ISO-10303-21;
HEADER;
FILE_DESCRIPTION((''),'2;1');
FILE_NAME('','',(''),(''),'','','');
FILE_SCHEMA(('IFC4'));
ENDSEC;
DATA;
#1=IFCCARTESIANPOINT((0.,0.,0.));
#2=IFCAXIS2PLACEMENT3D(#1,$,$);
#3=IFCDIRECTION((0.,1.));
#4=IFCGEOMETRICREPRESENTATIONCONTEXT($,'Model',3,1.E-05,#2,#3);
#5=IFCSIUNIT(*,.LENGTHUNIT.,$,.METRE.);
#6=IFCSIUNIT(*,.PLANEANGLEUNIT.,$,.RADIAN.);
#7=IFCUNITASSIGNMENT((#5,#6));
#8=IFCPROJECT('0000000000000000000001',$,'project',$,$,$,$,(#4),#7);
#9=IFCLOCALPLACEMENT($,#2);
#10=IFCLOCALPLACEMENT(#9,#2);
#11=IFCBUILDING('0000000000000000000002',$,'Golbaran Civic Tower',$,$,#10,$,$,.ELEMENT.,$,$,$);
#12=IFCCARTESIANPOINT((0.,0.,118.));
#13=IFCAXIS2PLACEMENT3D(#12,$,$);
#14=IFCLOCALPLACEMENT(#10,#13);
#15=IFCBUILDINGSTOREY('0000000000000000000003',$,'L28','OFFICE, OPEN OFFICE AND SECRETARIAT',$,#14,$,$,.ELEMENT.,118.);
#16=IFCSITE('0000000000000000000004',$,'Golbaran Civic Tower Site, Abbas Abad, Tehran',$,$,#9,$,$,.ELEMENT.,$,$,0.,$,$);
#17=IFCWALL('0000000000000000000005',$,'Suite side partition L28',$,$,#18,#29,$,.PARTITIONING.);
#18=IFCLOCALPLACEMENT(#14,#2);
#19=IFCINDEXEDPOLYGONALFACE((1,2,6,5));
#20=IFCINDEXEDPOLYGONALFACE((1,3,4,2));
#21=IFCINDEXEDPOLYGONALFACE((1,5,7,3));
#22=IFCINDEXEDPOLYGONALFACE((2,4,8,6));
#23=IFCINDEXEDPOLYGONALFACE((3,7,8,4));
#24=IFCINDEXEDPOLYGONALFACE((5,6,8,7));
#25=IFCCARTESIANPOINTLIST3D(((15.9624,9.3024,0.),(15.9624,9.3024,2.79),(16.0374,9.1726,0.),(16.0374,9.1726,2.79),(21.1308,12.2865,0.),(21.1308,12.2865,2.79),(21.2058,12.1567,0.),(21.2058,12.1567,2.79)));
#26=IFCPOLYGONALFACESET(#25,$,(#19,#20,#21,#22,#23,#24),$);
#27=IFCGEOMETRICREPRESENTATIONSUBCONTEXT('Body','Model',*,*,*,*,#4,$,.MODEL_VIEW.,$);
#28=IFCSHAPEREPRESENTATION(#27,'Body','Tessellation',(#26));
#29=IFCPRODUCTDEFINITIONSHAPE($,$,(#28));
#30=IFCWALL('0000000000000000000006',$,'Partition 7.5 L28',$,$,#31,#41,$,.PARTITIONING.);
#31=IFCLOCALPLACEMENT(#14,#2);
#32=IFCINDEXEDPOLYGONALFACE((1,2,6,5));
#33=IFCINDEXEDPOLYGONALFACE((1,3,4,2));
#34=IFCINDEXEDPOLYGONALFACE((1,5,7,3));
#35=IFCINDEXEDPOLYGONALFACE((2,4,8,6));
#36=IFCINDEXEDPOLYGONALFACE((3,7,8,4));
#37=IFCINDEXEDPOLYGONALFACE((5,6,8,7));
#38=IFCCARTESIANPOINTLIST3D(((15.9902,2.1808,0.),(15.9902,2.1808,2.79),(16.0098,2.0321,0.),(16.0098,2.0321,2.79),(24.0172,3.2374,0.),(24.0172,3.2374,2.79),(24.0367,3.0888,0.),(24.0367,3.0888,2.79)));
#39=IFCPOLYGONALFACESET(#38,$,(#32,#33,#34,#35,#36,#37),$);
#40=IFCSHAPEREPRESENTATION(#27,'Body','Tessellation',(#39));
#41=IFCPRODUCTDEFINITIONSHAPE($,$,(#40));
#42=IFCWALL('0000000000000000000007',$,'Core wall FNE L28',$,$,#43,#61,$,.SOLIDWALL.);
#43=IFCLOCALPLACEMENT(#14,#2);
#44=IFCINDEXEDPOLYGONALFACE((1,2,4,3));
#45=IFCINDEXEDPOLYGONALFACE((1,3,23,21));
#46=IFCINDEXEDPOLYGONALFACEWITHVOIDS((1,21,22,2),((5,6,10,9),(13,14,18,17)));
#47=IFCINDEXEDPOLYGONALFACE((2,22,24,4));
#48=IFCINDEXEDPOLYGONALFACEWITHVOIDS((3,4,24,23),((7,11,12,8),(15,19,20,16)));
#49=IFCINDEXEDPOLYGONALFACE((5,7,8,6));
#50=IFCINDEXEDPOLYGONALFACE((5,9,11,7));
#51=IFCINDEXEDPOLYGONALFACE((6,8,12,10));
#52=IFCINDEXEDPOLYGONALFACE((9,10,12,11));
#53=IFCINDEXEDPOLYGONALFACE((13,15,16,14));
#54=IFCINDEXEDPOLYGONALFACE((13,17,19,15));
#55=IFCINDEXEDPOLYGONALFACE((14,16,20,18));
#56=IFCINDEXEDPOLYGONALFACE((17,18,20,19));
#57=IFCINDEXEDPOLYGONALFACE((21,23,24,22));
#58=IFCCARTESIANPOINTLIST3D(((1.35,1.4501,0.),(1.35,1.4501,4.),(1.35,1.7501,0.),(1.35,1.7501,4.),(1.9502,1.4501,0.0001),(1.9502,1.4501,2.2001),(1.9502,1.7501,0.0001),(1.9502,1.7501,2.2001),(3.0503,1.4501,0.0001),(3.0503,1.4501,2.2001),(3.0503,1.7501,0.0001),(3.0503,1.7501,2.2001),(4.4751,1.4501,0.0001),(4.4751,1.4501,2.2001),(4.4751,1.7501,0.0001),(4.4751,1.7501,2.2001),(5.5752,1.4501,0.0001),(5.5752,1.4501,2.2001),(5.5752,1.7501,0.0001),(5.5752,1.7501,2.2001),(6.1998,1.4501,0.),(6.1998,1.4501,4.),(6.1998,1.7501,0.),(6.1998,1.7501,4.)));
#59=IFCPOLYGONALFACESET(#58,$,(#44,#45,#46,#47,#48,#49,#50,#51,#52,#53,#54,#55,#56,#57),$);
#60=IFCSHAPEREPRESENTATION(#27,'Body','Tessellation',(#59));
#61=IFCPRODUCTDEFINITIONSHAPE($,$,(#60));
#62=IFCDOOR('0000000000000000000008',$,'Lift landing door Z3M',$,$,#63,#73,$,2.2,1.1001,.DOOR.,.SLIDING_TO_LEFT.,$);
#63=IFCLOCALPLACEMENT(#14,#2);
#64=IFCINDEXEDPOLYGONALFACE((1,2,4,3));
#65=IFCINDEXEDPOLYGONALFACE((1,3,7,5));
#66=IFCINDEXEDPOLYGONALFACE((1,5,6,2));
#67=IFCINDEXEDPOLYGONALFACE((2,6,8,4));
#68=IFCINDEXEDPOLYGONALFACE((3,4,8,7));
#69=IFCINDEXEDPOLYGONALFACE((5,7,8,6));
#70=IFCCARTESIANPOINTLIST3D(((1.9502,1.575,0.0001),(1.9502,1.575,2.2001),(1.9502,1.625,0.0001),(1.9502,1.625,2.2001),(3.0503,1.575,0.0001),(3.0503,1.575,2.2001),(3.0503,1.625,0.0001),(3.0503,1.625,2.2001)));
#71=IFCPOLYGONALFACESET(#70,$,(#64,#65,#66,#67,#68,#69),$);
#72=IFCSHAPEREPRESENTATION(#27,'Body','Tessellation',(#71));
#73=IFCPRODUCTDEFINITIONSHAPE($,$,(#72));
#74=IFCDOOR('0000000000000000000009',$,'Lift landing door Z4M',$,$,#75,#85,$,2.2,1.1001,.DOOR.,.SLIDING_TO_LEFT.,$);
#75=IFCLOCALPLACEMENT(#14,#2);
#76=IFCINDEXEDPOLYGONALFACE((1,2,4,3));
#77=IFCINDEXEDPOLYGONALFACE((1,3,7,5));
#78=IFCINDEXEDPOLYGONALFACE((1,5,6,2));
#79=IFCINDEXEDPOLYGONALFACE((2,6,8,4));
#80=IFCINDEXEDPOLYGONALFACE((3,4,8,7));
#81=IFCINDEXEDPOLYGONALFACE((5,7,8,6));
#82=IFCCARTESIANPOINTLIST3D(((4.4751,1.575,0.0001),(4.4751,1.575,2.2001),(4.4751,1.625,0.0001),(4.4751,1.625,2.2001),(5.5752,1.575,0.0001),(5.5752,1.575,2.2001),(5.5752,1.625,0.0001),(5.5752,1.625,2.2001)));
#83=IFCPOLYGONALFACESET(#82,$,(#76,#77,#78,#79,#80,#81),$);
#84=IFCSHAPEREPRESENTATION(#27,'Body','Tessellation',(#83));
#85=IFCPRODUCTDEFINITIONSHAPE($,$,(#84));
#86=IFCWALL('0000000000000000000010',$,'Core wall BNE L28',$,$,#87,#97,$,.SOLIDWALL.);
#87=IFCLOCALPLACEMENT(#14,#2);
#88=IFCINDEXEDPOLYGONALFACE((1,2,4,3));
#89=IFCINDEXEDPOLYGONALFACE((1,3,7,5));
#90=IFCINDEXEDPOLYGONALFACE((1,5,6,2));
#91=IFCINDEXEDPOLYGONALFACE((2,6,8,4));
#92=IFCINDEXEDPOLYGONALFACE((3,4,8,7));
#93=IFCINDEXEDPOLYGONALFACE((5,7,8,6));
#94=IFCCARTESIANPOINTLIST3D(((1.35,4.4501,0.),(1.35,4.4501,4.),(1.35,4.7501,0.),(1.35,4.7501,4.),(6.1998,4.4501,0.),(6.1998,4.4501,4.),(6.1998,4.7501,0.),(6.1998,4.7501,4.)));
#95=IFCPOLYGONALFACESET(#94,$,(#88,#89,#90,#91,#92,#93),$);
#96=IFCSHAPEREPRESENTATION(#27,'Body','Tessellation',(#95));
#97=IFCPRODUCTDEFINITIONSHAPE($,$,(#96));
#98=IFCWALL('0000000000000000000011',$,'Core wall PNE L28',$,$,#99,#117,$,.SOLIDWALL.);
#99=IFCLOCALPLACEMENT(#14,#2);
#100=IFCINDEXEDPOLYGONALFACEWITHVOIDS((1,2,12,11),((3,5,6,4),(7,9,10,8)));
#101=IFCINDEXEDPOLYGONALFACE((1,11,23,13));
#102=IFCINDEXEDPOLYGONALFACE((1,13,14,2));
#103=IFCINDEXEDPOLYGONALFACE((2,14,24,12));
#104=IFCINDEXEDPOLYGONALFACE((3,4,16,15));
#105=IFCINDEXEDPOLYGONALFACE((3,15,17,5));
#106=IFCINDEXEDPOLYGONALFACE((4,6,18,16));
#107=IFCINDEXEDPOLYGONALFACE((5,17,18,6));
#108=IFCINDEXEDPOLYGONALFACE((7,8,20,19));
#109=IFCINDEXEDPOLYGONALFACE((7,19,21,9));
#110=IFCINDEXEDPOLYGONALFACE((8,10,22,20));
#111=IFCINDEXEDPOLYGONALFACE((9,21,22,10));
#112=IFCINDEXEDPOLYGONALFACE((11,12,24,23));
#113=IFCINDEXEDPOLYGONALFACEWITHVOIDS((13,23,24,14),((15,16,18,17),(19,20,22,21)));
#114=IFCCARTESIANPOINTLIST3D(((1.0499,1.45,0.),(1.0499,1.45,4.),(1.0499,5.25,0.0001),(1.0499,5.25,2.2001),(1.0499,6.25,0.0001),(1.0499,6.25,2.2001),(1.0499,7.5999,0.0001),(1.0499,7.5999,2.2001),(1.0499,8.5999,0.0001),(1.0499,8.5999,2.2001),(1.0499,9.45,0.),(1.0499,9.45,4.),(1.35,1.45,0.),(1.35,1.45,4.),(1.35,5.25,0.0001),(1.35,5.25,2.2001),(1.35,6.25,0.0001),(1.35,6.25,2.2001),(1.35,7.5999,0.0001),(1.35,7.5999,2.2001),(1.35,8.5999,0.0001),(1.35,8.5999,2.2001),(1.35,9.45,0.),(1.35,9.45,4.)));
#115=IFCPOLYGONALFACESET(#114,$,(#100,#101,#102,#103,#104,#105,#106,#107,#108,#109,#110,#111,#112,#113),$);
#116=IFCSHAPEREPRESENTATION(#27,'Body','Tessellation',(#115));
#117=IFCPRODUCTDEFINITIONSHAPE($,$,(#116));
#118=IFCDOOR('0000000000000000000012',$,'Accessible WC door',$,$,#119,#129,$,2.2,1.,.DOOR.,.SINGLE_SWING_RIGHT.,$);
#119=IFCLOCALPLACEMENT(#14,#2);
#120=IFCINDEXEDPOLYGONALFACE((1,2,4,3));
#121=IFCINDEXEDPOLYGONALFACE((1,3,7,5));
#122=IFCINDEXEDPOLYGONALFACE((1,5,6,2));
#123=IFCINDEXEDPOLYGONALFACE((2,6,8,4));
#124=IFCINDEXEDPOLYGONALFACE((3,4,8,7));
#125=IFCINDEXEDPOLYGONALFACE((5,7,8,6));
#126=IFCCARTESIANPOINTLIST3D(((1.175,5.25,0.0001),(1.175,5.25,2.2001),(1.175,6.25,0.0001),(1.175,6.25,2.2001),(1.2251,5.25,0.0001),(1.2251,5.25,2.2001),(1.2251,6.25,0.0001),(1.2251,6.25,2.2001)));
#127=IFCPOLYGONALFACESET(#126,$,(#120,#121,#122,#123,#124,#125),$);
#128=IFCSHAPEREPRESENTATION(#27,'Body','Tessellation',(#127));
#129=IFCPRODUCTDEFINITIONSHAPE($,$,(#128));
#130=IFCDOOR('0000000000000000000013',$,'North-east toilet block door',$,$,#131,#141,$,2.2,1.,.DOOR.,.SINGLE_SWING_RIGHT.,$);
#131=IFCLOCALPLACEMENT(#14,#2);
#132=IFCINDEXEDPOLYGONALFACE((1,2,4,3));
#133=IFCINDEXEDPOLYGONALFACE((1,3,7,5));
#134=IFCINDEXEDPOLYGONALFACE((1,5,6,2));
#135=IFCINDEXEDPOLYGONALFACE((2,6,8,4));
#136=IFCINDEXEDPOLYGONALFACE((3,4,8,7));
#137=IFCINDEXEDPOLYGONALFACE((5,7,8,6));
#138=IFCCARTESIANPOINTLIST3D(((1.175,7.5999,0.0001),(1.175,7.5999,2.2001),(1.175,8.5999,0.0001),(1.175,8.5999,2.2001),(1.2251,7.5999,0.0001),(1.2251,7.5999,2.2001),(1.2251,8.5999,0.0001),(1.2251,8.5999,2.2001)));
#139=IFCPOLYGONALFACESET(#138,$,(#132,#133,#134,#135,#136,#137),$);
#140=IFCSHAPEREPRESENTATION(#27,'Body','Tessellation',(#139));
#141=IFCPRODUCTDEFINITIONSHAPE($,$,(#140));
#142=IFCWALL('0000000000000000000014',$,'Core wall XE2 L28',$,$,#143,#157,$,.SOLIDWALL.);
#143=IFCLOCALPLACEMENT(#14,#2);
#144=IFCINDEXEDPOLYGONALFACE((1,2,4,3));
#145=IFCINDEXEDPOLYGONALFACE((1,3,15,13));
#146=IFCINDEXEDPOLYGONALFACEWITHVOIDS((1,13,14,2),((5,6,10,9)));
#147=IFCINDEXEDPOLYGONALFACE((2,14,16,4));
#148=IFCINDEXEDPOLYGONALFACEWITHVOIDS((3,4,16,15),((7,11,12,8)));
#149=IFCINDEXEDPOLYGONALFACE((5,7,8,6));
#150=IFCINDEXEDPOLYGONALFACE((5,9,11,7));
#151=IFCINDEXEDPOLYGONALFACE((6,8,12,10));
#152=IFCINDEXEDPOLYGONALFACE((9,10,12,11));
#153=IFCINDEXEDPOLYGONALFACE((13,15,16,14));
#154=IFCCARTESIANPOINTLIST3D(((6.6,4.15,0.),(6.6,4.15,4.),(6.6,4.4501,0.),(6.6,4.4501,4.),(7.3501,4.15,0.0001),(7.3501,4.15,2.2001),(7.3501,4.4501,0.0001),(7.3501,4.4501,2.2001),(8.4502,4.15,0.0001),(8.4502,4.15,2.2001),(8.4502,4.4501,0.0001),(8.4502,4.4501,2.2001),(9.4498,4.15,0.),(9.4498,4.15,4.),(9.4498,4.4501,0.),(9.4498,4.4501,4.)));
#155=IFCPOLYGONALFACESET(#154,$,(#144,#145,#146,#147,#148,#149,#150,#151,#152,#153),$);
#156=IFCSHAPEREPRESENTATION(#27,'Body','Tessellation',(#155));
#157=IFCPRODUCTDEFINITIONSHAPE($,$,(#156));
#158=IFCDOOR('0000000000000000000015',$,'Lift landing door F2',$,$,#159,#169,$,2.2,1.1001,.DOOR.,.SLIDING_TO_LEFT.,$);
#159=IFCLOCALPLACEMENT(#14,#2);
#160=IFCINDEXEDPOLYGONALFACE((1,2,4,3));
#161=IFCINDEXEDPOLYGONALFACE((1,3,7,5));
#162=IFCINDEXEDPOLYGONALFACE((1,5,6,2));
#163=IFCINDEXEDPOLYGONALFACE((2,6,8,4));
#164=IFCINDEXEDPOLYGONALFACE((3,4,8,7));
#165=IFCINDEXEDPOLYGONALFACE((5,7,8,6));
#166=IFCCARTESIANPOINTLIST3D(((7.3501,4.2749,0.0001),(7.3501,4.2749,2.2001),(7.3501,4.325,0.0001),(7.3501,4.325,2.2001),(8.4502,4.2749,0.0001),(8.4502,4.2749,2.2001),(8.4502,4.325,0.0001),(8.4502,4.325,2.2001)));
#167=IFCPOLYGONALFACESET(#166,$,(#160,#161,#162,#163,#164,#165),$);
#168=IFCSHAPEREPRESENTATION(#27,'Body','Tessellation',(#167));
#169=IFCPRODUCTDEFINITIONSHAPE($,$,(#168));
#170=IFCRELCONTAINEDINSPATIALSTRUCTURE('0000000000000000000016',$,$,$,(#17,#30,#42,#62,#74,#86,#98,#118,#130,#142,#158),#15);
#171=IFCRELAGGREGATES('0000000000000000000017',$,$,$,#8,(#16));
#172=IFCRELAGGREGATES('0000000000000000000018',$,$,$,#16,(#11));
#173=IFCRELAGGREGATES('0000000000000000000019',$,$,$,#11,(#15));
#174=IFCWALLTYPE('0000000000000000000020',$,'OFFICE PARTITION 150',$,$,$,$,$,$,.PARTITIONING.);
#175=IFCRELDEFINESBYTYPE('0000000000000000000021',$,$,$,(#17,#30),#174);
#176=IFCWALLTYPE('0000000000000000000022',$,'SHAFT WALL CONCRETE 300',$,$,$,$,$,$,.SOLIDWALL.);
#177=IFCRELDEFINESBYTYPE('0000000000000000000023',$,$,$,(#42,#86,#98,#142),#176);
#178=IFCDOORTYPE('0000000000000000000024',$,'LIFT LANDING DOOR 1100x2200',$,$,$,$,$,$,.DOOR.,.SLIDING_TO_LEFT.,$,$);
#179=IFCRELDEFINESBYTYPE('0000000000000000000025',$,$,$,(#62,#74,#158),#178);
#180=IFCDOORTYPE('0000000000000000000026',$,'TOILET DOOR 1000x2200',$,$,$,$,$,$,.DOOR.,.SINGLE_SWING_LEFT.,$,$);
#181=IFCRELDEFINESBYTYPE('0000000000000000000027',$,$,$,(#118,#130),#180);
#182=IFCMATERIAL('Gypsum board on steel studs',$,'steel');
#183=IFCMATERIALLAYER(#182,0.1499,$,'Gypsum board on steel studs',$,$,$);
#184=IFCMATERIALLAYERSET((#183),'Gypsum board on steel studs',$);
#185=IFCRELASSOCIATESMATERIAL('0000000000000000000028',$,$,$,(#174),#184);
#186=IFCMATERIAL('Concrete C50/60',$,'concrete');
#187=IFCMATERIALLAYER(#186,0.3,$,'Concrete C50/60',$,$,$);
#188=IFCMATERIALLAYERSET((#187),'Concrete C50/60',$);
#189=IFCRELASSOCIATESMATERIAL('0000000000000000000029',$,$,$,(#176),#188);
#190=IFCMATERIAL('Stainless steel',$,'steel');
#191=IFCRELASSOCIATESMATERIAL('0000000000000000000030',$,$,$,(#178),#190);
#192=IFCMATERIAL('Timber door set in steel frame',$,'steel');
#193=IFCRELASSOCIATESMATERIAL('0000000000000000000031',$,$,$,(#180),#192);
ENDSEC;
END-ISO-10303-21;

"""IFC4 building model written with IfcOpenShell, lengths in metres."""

from ifc_helpers import new_model, si_unit, direction, frame, frame_2d, origin, place, context, subcontext, project, spatial, rectangle, extrude, material, layer, layer_set, type_object, element, fill, save


model = new_model("IFC4")

# Units and contexts
model_context = context("Model", 3, precision=1e-05, world=origin(), true_north=direction((0.0, 1.0)))
body_context = subcontext(model_context, "Body", "Model", "MODEL_VIEW")
ifc_project = project(units=[si_unit("LENGTHUNIT", "METRE"), si_unit("PLANEANGLEUNIT", "RADIAN")], contexts=[model_context])

# Site, building, storey
site_placement = place(None, origin())
site = spatial("IfcSite", under=ifc_project, at=site_placement, Name="Golbaran Civic Tower Site, Abbas Abad, Tehran", CompositionType="ELEMENT", RefElevation=0.0)
building_placement = place(site_placement, origin())
building = spatial("IfcBuilding", under=site, at=building_placement, Name="Golbaran Civic Tower", CompositionType="ELEMENT")
storey_placement = place(building_placement, frame((0.0, 0.0, 118.0)))
storey = spatial("IfcBuildingStorey", under=building, at=storey_placement, Name="L28", Description="OFFICE, OPEN OFFICE AND SECRETARIAT", CompositionType="ELEMENT", Elevation=118.0)

# Shared definitions
ifc_material_1 = material(Name="Timber door set in steel frame", Category="steel")

# Shared definitions
ifc_material_2 = material(Name="Concrete C50/60", Category="concrete")

# Walls
ifc_material_3 = material(Name="Gypsum board on steel studs", Category="steel")
ifc_layer_1 = layer(ifc_material_3, 0.1499, Name="Gypsum board on steel studs")
ifc_layer_set_1 = layer_set([ifc_layer_1], Name="Gypsum board on steel studs")
wall_type_1 = type_object("IfcWallType", Name="OFFICE PARTITION 150", PredefinedType="PARTITIONING", material=ifc_layer_set_1)
wall_1_placement = place(storey_placement, frame((16.0, 9.2375, 0.0), z_axis=(0.0, 0.0, 1.0), x_axis=(0.866017, 0.500015, 0.0)))
element("IfcWall", 1, at=wall_1_placement, inside=storey, type_object=wall_type_1, Name="Suite side partition L28", PredefinedType="PARTITIONING", context=body_context, shape_type="SweptSolid", body=[
    extrude(rectangle(XDim=5.968, YDim=0.1499, at=frame_2d((2.9839, 0.0))), origin(), (0.0, 0.0, 1.0), 2.79),
])
wall_2_placement = place(storey_placement, frame((16.0, 2.1064, 0.0), z_axis=(0.0, 0.0, 1.0), x_axis=(0.991447, 0.130512, 0.0)))
element("IfcWall", 2, at=wall_2_placement, inside=storey, type_object=wall_type_1, Name="Partition 7.5 L28", PredefinedType="PARTITIONING", context=body_context, shape_type="SweptSolid", body=[
    extrude(rectangle(XDim=8.0962, YDim=0.1499, at=frame_2d((4.0481, 0.0))), origin(), (0.0, 0.0, 1.0), 2.79),
])

# Wall, openings, doors
ifc_layer_2 = layer(ifc_material_2, 0.3, Name="Concrete C50/60")
ifc_layer_set_2 = layer_set([ifc_layer_2], Name="Concrete C50/60")
wall_type_2 = type_object("IfcWallType", Name="SHAFT WALL CONCRETE 300", PredefinedType="SOLIDWALL", material=ifc_layer_set_2)
wall_3_placement = place(storey_placement, frame((1.3501, 1.6001, 0.0), z_axis=(0.0, 0.0, 1.0), x_axis=(1.0, 0.0, 0.0)))
wall_3 = element("IfcWall", 3, at=wall_3_placement, inside=storey, type_object=wall_type_2, Name="Core wall FNE L28", PredefinedType="SOLIDWALL", context=body_context, shape_type="SweptSolid", body=[
    extrude(rectangle(XDim=4.8499, YDim=0.3, at=frame_2d((2.4248, 0.0))), origin(), (0.0, 0.0, 1.0), 4.0),
])
opening_1_placement = place(wall_3_placement, frame((0.6001, 0.0, 0.0)))
opening_1 = element("IfcOpeningElement", 4, at=opening_1_placement, cuts=wall_3, PredefinedType="OPENING", context=body_context, shape_type="SweptSolid", body=[
    extrude(rectangle(XDim=1.1001, YDim=2.2, at=frame_2d((0.55, 1.1001))), frame((0.0, 0.1599, 0.0), z_axis=(0.0, -1.0, 0.0), x_axis=(1.0, 0.0, 0.0)), (0.0, 0.0, 1.0), 0.3201),
])
opening_2_placement = place(wall_3_placement, frame((3.125, 0.0, 0.0)))
opening_2 = element("IfcOpeningElement", 5, at=opening_2_placement, cuts=wall_3, PredefinedType="OPENING", context=body_context, shape_type="SweptSolid", body=[
    extrude(rectangle(XDim=1.1001, YDim=2.2, at=frame_2d((0.55, 1.1001))), frame((0.0, 0.1599, 0.0), z_axis=(0.0, -1.0, 0.0), x_axis=(1.0, 0.0, 0.0)), (0.0, 0.0, 1.0), 0.3201),
])
ifc_material_4 = material(Name="Stainless steel", Category="steel")
door_type_1 = type_object("IfcDoorType", Name="LIFT LANDING DOOR 1100x2200", OperationType="SLIDING_TO_LEFT", PredefinedType="DOOR", material=ifc_material_4)
door_1_placement = place(opening_1_placement, origin())
door_1 = element("IfcDoor", 6, at=door_1_placement, inside=storey, type_object=door_type_1, Name="Lift landing door Z3M", OperationType="SLIDING_TO_LEFT", OverallHeight=2.2, OverallWidth=1.1001, PredefinedType="DOOR", context=body_context, shape_type="SweptSolid", body=[
    extrude(rectangle(XDim=1.1001, YDim=2.2, at=frame_2d((0.55, 1.1001))), frame((0.0, 0.0249, 0.0), z_axis=(0.0, -1.0, 0.0), x_axis=(1.0, 0.0, 0.0)), (0.0, 0.0, 1.0), 0.05),
])
fill(opening_1, door_1)
door_2_placement = place(opening_2_placement, origin())
door_2 = element("IfcDoor", 7, at=door_2_placement, inside=storey, type_object=door_type_1, Name="Lift landing door Z4M", OperationType="SLIDING_TO_LEFT", OverallHeight=2.2, OverallWidth=1.1001, PredefinedType="DOOR", context=body_context, shape_type="SweptSolid", body=[
    extrude(rectangle(XDim=1.1001, YDim=2.2, at=frame_2d((0.55, 1.1001))), frame((0.0, 0.0249, 0.0), z_axis=(0.0, -1.0, 0.0), x_axis=(1.0, 0.0, 0.0)), (0.0, 0.0, 1.0), 0.05),
])
fill(opening_2, door_2)

# Wall
wall_4_placement = place(storey_placement, frame((1.3501, 4.6001, 0.0), z_axis=(0.0, 0.0, 1.0), x_axis=(1.0, 0.0, 0.0)))
element("IfcWall", 8, at=wall_4_placement, inside=storey, type_object=wall_type_2, Name="Core wall BNE L28", PredefinedType="SOLIDWALL", context=body_context, shape_type="SweptSolid", body=[
    extrude(rectangle(XDim=4.8499, YDim=0.3, at=frame_2d((2.4248, 0.0))), origin(), (0.0, 0.0, 1.0), 4.0),
])

# Wall, openings, doors
wall_5_placement = place(storey_placement, frame((1.2, 1.45, 0.0), z_axis=(0.0, 0.0, 1.0), x_axis=(0.0, 1.0, 0.0)))
wall_5 = element("IfcWall", 9, at=wall_5_placement, inside=storey, type_object=wall_type_2, Name="Core wall PNE L28", PredefinedType="SOLIDWALL", context=body_context, shape_type="SweptSolid", body=[
    extrude(rectangle(XDim=8.0, YDim=0.3, at=frame_2d((4.0, 0.0))), origin(), (0.0, 0.0, 1.0), 4.0),
])
opening_3_placement = place(wall_5_placement, frame((3.8, 0.0, 0.0)))
opening_3 = element("IfcOpeningElement", 10, at=opening_3_placement, cuts=wall_5, PredefinedType="OPENING", context=body_context, shape_type="SweptSolid", body=[
    extrude(rectangle(XDim=1.0, YDim=2.2, at=frame_2d((0.5, 1.1001))), frame((0.0, 0.1599, 0.0), z_axis=(0.0, -1.0, 0.0), x_axis=(1.0, 0.0, 0.0)), (0.0, 0.0, 1.0), 0.3201),
])
opening_4_placement = place(wall_5_placement, frame((6.1499, 0.0, 0.0)))
opening_4 = element("IfcOpeningElement", 11, at=opening_4_placement, cuts=wall_5, PredefinedType="OPENING", context=body_context, shape_type="SweptSolid", body=[
    extrude(rectangle(XDim=1.0, YDim=2.2, at=frame_2d((0.5, 1.1001))), frame((0.0, 0.1599, 0.0), z_axis=(0.0, -1.0, 0.0), x_axis=(1.0, 0.0, 0.0)), (0.0, 0.0, 1.0), 0.3201),
])
door_type_2 = type_object("IfcDoorType", Name="TOILET DOOR 1000x2200", OperationType="SINGLE_SWING_LEFT", PredefinedType="DOOR", material=ifc_material_1)
door_3_placement = place(opening_3_placement, origin())
door_3 = element("IfcDoor", 12, at=door_3_placement, inside=storey, type_object=door_type_2, Name="Accessible WC door", OperationType="SINGLE_SWING_RIGHT", OverallHeight=2.2, OverallWidth=1.0, PredefinedType="DOOR", context=body_context, shape_type="SweptSolid", body=[
    extrude(rectangle(XDim=1.0, YDim=2.2, at=frame_2d((0.5, 1.1001))), frame((0.0, 0.0249, 0.0), z_axis=(0.0, -1.0, 0.0), x_axis=(1.0, 0.0, 0.0)), (0.0, 0.0, 1.0), 0.05),
])
fill(opening_3, door_3)
door_4_placement = place(opening_4_placement, origin())
door_4 = element("IfcDoor", 13, at=door_4_placement, inside=storey, type_object=door_type_2, Name="North-east toilet block door", OperationType="SINGLE_SWING_RIGHT", OverallHeight=2.2, OverallWidth=1.0, PredefinedType="DOOR", context=body_context, shape_type="SweptSolid", body=[
    extrude(rectangle(XDim=1.0, YDim=2.2, at=frame_2d((0.5, 1.1001))), frame((0.0, 0.0249, 0.0), z_axis=(0.0, -1.0, 0.0), x_axis=(1.0, 0.0, 0.0)), (0.0, 0.0, 1.0), 0.05),
])
fill(opening_4, door_4)

# Wall, opening, door
wall_6_placement = place(storey_placement, frame((6.6001, 4.3, 0.0), z_axis=(0.0, 0.0, 1.0), x_axis=(1.0, 0.0, 0.0)))
wall_6 = element("IfcWall", 14, at=wall_6_placement, inside=storey, type_object=wall_type_2, Name="Core wall XE2 L28", PredefinedType="SOLIDWALL", context=body_context, shape_type="SweptSolid", body=[
    extrude(rectangle(XDim=2.8499, YDim=0.3, at=frame_2d((1.4248, 0.0))), origin(), (0.0, 0.0, 1.0), 4.0),
])
opening_5_placement = place(wall_6_placement, frame((0.75, 0.0, 0.0)))
opening_5 = element("IfcOpeningElement", 15, at=opening_5_placement, cuts=wall_6, PredefinedType="OPENING", context=body_context, shape_type="SweptSolid", body=[
    extrude(rectangle(XDim=1.1001, YDim=2.2, at=frame_2d((0.55, 1.1001))), frame((0.0, 0.1599, 0.0), z_axis=(0.0, -1.0, 0.0), x_axis=(1.0, 0.0, 0.0)), (0.0, 0.0, 1.0), 0.3201),
])
door_5_placement = place(opening_5_placement, origin())
door_5 = element("IfcDoor", 16, at=door_5_placement, inside=storey, type_object=door_type_1, Name="Lift landing door F2", OperationType="SLIDING_TO_LEFT", OverallHeight=2.2, OverallWidth=1.1001, PredefinedType="DOOR", context=body_context, shape_type="SweptSolid", body=[
    extrude(rectangle(XDim=1.1001, YDim=2.2, at=frame_2d((0.55, 1.1001))), frame((0.0, 0.0249, 0.0), z_axis=(0.0, -1.0, 0.0), x_axis=(1.0, 0.0, 0.0)), (0.0, 0.0, 1.0), 0.05),
])
fill(opening_5, door_5)

save(model, "model.ifc")
